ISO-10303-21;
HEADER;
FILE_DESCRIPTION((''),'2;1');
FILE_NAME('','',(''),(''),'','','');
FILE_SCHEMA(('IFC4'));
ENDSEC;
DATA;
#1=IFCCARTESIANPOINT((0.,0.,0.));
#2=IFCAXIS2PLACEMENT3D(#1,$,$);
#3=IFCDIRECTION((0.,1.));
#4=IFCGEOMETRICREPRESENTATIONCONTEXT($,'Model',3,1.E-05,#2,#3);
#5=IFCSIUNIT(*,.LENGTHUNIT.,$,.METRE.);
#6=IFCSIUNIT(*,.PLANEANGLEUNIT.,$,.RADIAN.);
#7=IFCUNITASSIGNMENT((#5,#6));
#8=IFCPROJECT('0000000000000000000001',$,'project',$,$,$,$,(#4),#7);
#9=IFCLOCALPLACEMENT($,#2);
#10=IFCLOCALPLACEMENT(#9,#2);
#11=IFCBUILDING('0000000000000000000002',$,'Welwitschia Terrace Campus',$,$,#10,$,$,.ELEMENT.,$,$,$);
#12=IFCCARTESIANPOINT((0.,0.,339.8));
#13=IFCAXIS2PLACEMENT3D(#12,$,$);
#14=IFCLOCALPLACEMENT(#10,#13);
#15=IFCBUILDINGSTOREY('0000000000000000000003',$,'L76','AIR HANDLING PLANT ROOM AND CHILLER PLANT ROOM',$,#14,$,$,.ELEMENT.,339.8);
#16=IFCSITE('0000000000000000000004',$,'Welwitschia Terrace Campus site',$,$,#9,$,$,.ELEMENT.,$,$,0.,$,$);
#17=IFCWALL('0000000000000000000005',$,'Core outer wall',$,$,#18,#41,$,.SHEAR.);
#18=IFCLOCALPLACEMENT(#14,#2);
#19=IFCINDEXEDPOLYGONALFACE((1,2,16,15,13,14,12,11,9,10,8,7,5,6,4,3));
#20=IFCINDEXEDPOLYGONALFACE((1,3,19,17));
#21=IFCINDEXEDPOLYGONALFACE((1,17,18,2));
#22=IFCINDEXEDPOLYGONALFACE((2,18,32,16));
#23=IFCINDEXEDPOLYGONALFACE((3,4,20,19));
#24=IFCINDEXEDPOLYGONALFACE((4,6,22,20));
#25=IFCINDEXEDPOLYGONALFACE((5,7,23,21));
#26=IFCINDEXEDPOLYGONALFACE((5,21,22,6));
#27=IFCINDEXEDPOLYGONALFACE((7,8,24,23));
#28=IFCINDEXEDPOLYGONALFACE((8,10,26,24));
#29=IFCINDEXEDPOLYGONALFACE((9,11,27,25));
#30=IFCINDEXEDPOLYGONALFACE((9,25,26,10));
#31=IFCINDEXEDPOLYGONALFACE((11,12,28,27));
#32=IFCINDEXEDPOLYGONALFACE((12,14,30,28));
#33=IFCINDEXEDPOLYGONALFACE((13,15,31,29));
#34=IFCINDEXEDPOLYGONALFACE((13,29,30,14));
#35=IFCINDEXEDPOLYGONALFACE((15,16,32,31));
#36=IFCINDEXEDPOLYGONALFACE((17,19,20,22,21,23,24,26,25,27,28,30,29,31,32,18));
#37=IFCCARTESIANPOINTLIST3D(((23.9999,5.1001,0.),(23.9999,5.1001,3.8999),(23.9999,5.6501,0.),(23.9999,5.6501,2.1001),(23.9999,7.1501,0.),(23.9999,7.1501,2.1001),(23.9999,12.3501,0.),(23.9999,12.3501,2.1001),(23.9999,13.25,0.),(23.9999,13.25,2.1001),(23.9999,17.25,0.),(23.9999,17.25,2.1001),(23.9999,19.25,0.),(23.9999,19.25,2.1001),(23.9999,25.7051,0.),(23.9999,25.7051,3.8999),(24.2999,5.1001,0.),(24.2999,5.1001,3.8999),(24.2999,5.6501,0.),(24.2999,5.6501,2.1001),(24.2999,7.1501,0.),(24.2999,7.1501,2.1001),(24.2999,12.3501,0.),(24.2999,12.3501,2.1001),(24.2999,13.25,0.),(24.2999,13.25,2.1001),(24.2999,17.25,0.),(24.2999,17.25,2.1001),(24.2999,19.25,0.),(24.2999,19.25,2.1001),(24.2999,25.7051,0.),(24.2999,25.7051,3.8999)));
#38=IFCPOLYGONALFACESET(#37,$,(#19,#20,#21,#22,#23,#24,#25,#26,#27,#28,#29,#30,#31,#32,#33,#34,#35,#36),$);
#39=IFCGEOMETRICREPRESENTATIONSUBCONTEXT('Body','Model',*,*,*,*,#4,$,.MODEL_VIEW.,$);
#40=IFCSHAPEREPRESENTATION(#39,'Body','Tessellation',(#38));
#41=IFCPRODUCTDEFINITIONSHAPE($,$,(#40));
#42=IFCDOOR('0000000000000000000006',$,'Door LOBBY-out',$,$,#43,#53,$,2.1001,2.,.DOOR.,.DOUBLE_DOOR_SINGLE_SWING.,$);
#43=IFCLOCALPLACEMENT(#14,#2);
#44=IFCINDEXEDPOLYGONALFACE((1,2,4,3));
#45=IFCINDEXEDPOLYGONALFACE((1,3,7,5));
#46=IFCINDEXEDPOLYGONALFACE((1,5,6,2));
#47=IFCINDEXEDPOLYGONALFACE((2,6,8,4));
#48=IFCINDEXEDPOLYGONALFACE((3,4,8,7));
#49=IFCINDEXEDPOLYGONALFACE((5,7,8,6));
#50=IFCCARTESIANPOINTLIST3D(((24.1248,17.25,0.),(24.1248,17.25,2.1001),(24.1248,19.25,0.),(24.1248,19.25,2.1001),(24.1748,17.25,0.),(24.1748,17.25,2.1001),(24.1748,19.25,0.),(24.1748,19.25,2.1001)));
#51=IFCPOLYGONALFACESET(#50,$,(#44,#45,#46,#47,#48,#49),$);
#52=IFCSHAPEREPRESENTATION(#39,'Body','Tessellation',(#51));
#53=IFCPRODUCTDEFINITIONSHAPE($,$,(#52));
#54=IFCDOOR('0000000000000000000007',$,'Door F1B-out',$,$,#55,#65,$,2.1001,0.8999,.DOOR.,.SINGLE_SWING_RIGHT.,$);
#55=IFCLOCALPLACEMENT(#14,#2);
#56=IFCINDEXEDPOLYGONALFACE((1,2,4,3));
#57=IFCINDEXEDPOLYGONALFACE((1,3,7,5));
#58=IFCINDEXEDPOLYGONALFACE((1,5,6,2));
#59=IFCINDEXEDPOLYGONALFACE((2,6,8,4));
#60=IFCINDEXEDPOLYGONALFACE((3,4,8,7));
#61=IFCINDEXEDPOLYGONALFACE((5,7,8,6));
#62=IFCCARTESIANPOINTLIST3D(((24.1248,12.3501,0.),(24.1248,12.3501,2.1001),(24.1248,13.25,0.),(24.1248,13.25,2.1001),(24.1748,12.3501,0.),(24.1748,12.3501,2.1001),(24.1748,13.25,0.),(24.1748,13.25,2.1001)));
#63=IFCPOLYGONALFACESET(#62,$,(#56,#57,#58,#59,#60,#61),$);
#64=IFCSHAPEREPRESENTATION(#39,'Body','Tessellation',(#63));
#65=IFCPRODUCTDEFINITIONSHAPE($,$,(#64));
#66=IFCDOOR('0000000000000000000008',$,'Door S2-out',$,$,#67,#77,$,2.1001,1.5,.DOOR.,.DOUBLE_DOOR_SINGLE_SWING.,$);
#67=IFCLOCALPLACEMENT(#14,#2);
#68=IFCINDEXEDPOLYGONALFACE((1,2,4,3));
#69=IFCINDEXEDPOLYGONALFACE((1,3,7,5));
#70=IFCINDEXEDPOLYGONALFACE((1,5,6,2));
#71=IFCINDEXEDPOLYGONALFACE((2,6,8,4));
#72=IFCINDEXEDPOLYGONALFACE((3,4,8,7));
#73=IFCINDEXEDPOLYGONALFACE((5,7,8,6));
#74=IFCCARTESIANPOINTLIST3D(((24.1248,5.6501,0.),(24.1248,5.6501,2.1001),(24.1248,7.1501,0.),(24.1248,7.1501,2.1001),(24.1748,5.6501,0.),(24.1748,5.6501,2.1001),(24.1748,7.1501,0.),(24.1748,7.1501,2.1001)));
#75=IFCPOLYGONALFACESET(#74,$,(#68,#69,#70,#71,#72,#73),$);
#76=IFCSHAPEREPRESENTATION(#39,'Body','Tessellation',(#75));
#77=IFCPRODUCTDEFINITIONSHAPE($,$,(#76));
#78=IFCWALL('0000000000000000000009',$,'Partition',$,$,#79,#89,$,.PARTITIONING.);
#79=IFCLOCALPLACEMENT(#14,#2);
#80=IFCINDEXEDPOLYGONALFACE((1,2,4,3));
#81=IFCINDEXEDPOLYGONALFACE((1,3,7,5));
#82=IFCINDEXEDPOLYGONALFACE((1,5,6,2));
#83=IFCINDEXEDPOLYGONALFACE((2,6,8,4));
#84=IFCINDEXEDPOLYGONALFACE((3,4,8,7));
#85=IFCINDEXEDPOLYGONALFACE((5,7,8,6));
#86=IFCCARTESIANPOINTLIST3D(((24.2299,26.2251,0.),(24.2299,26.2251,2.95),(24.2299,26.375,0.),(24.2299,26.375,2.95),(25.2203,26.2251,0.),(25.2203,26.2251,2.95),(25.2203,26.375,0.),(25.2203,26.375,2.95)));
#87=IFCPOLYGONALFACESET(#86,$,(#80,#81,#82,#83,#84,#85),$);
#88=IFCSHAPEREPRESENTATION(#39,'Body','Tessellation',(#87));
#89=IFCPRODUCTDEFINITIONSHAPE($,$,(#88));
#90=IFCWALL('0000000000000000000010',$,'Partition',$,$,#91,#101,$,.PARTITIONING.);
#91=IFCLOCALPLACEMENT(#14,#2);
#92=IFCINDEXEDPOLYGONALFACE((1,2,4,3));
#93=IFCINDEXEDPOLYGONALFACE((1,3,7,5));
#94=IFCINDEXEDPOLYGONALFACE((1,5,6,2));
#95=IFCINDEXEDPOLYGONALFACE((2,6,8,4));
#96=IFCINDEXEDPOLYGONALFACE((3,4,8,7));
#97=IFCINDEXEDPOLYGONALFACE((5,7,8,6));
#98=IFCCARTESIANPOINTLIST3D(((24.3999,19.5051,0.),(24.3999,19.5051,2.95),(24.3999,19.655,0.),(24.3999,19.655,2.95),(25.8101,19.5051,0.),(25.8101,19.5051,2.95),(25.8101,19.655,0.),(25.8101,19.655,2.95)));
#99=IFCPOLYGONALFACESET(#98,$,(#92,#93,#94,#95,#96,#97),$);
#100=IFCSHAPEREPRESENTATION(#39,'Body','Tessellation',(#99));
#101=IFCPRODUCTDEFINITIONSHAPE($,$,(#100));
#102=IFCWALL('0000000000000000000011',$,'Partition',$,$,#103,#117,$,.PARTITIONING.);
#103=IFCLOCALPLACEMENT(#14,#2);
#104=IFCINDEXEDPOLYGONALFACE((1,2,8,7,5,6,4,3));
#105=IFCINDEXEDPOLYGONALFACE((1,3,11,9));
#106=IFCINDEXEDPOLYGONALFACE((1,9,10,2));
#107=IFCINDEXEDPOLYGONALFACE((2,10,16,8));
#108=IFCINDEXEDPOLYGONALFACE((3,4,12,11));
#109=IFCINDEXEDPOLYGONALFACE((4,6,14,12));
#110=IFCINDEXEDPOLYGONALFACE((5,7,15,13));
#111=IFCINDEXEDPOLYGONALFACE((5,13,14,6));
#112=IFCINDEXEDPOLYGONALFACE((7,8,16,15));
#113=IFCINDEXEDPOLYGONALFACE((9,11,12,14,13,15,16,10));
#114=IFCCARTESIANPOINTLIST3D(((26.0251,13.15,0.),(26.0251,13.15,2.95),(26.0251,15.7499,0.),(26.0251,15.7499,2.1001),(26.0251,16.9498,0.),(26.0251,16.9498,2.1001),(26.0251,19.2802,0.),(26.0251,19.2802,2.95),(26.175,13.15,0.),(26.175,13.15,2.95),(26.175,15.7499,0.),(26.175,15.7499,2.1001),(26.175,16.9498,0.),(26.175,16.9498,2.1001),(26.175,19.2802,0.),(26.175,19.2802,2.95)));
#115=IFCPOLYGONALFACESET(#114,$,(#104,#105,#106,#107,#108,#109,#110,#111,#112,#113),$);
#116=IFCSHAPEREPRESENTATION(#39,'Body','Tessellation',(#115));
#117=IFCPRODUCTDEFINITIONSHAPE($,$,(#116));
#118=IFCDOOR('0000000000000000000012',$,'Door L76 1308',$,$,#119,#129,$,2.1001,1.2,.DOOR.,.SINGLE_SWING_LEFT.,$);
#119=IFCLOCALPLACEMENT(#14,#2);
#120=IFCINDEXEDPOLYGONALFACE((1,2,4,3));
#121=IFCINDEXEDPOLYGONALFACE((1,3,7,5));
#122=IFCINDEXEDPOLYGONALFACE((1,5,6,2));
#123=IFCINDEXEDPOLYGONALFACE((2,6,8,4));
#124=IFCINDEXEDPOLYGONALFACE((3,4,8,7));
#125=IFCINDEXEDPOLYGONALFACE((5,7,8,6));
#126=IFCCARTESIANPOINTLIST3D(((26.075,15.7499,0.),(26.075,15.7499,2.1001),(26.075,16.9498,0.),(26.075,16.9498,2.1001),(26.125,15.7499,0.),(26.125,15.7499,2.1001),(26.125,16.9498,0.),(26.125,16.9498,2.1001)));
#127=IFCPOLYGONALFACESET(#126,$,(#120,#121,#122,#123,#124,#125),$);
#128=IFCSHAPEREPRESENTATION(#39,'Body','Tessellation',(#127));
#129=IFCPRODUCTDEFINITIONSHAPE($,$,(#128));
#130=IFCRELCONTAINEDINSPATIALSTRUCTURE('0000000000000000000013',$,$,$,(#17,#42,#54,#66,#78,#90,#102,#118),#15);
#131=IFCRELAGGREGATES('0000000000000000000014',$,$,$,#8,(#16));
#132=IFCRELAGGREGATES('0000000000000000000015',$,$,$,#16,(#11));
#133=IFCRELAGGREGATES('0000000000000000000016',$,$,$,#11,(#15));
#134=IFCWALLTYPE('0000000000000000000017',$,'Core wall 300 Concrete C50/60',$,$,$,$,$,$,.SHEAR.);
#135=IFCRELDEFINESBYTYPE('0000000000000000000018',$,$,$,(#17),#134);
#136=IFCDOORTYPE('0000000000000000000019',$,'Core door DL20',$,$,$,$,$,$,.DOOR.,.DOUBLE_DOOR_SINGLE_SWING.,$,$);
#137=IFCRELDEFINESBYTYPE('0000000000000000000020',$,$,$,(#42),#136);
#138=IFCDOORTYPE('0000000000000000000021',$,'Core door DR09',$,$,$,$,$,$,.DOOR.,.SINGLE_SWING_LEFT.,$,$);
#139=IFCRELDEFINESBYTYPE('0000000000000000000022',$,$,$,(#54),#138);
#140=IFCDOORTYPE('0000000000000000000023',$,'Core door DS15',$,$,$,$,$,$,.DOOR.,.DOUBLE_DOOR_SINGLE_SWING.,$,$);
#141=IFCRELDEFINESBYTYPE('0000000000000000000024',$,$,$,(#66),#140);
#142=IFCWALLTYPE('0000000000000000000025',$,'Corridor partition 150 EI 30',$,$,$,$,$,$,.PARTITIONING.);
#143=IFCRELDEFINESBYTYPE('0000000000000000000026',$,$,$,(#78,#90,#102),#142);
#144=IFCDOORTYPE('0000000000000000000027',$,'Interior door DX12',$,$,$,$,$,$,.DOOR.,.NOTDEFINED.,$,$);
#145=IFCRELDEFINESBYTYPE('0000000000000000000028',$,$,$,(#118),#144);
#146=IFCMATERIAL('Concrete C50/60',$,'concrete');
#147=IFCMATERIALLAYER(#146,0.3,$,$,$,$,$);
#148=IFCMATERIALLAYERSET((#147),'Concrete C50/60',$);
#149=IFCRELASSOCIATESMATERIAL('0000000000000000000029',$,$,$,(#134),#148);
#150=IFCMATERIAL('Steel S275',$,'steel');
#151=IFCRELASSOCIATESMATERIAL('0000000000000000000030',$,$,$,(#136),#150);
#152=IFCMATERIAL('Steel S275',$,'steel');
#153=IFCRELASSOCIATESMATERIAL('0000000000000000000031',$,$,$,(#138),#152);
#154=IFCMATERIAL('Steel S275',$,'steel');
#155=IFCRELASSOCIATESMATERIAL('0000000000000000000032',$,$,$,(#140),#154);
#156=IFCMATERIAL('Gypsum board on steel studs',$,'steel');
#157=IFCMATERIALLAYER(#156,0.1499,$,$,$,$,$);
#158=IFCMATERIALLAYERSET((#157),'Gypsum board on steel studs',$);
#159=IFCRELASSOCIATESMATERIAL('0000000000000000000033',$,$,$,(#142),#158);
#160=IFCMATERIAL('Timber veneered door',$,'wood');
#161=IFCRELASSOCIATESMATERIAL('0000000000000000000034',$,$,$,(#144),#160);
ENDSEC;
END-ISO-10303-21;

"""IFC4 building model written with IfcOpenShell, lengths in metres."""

from ifc_helpers import new_model, si_unit, direction, frame, frame_2d, origin, place, context, subcontext, project, spatial, rectangle, extrude, material, layer, layer_set, type_object, element, fill, save


model = new_model("IFC4")

# Units and contexts
model_context = context("Model", 3, precision=1e-05, world=origin(), true_north=direction((0.0, 1.0)))
body_context = subcontext(model_context, "Body", "Model", "MODEL_VIEW")
ifc_project = project(units=[si_unit("LENGTHUNIT", "METRE"), si_unit("PLANEANGLEUNIT", "RADIAN")], contexts=[model_context])

# Site, building, storey
site_placement = place(None, origin())
site = spatial("IfcSite", under=ifc_project, at=site_placement, Name="Welwitschia Terrace Campus site", CompositionType="ELEMENT", RefElevation=0.0)
building_placement = place(site_placement, origin())
building = spatial("IfcBuilding", under=site, at=building_placement, Name="Welwitschia Terrace Campus", CompositionType="ELEMENT")
storey_placement = place(building_placement, frame((0.0, 0.0, 339.8)))
storey = spatial("IfcBuildingStorey", under=building, at=storey_placement, Name="L76", Description="AIR HANDLING PLANT ROOM AND CHILLER PLANT ROOM", CompositionType="ELEMENT", Elevation=339.8)

# Wall, openings, doors
ifc_material_1 = material(Name="Concrete C50/60", Category="concrete")
ifc_layer_1 = layer(ifc_material_1, 0.3)
ifc_layer_set_1 = layer_set([ifc_layer_1], Name="Concrete C50/60")
wall_type_1 = type_object("IfcWallType", Name="Core wall 300 Concrete C50/60", PredefinedType="SHEAR", material=ifc_layer_set_1)
wall_1_placement = place(storey_placement, frame((24.1499, 25.7051, 0.0), z_axis=(0.0, 0.0, 1.0), x_axis=(0.0, -1.0, 0.0)))
wall_1 = element("IfcWall", 1, at=wall_1_placement, inside=storey, type_object=wall_type_1, Name="Core outer wall", PredefinedType="SHEAR", context=body_context, shape_type="SweptSolid", body=[
    extrude(rectangle(XDim=20.605, YDim=0.3, at=frame_2d((10.3025, 0.0))), origin(), (0.0, 0.0, 1.0), 3.8999),
])
opening_1_placement = place(wall_1_placement, frame((18.5549, 0.0, 0.0)))
opening_1 = element("IfcOpeningElement", 2, at=opening_1_placement, cuts=wall_1, PredefinedType="OPENING", context=body_context, shape_type="SweptSolid", body=[
    extrude(rectangle(XDim=1.5, YDim=2.1001, at=frame_2d((0.75, 1.05))), frame((0.0, 0.1599, 0.0), z_axis=(0.0, -1.0, 0.0), x_axis=(1.0, 0.0, 0.0)), (0.0, 0.0, 1.0), 0.3201),
])
opening_2_placement = place(wall_1_placement, frame((12.4551, 0.0, 0.0)))
opening_2 = element("IfcOpeningElement", 3, at=opening_2_placement, cuts=wall_1, PredefinedType="OPENING", context=body_context, shape_type="SweptSolid", body=[
    extrude(rectangle(XDim=0.8999, YDim=2.1001, at=frame_2d((0.45, 1.05))), frame((0.0, 0.1599, 0.0), z_axis=(0.0, -1.0, 0.0), x_axis=(1.0, 0.0, 0.0)), (0.0, 0.0, 1.0), 0.3201),
])
opening_3_placement = place(wall_1_placement, frame((6.4551, 0.0, 0.0)))
opening_3 = element("IfcOpeningElement", 4, at=opening_3_placement, cuts=wall_1, PredefinedType="OPENING", context=body_context, shape_type="SweptSolid", body=[
    extrude(rectangle(XDim=2.0, YDim=2.1001, at=frame_2d((1.0, 1.05))), frame((0.0, 0.1599, 0.0), z_axis=(0.0, -1.0, 0.0), x_axis=(1.0, 0.0, 0.0)), (0.0, 0.0, 1.0), 0.3201),
])
ifc_material_2 = material(Name="Steel S275", Category="steel")
door_type_1 = type_object("IfcDoorType", Name="Core door DL20", OperationType="DOUBLE_DOOR_SINGLE_SWING", PredefinedType="DOOR", material=ifc_material_2)
door_1_placement = place(opening_3_placement, origin())
door_1 = element("IfcDoor", 5, at=door_1_placement, inside=storey, type_object=door_type_1, Name="Door LOBBY-out", OperationType="DOUBLE_DOOR_SINGLE_SWING", OverallHeight=2.1001, OverallWidth=2.0, PredefinedType="DOOR", context=body_context, shape_type="SweptSolid", body=[
    extrude(rectangle(XDim=2.0, YDim=2.1001, at=frame_2d((1.0, 1.05))), frame((0.0, 0.0249, 0.0), z_axis=(0.0, -1.0, 0.0), x_axis=(1.0, 0.0, 0.0)), (0.0, 0.0, 1.0), 0.05),
])
fill(opening_3, door_1)
ifc_material_3 = material(Name="Steel S275", Category="steel")
door_type_2 = type_object("IfcDoorType", Name="Core door DR09", OperationType="SINGLE_SWING_LEFT", PredefinedType="DOOR", material=ifc_material_3)
door_2_placement = place(opening_2_placement, origin())
door_2 = element("IfcDoor", 6, at=door_2_placement, inside=storey, type_object=door_type_2, Name="Door F1B-out", OperationType="SINGLE_SWING_RIGHT", OverallHeight=2.1001, OverallWidth=0.8999, PredefinedType="DOOR", context=body_context, shape_type="SweptSolid", body=[
    extrude(rectangle(XDim=0.8999, YDim=2.1001, at=frame_2d((0.45, 1.05))), frame((0.0, 0.0249, 0.0), z_axis=(0.0, -1.0, 0.0), x_axis=(1.0, 0.0, 0.0)), (0.0, 0.0, 1.0), 0.05),
])
fill(opening_2, door_2)
ifc_material_4 = material(Name="Steel S275", Category="steel")
door_type_3 = type_object("IfcDoorType", Name="Core door DS15", OperationType="DOUBLE_DOOR_SINGLE_SWING", PredefinedType="DOOR", material=ifc_material_4)
door_3_placement = place(opening_1_placement, origin())
door_3 = element("IfcDoor", 7, at=door_3_placement, inside=storey, type_object=door_type_3, Name="Door S2-out", OperationType="DOUBLE_DOOR_SINGLE_SWING", OverallHeight=2.1001, OverallWidth=1.5, PredefinedType="DOOR", context=body_context, shape_type="SweptSolid", body=[
    extrude(rectangle(XDim=1.5, YDim=2.1001, at=frame_2d((0.75, 1.05))), frame((0.0, 0.0249, 0.0), z_axis=(0.0, -1.0, 0.0), x_axis=(1.0, 0.0, 0.0)), (0.0, 0.0, 1.0), 0.05),
])
fill(opening_1, door_3)

# Walls
ifc_material_5 = material(Name="Gypsum board on steel studs", Category="steel")
ifc_layer_2 = layer(ifc_material_5, 0.1499)
ifc_layer_set_2 = layer_set([ifc_layer_2], Name="Gypsum board on steel studs")
wall_type_2 = type_object("IfcWallType", Name="Corridor partition 150 EI 30", PredefinedType="PARTITIONING", material=ifc_layer_set_2)
wall_2_placement = place(storey_placement, frame((24.23, 26.3, 0.0), z_axis=(0.0, 0.0, 1.0), x_axis=(1.0, 0.0, 0.0)))
element("IfcWall", 8, at=wall_2_placement, inside=storey, type_object=wall_type_2, Name="Partition", PredefinedType="PARTITIONING", context=body_context, shape_type="SweptSolid", body=[
    extrude(rectangle(XDim=0.9905, YDim=0.1499, at=frame_2d((0.4951, 0.0))), origin(), (0.0, 0.0, 1.0), 2.95),
])
wall_3_placement = place(storey_placement, frame((24.3999, 19.5801, 0.0), z_axis=(0.0, 0.0, 1.0), x_axis=(1.0, 0.0, 0.0)))
element("IfcWall", 9, at=wall_3_placement, inside=storey, type_object=wall_type_2, Name="Partition", PredefinedType="PARTITIONING", context=body_context, shape_type="SweptSolid", body=[
    extrude(rectangle(XDim=1.4102, YDim=0.1499, at=frame_2d((0.7051, 0.0))), origin(), (0.0, 0.0, 1.0), 2.95),
])

# Wall, opening, door
wall_4_placement = place(storey_placement, frame((26.1001, 19.28, 0.0), z_axis=(0.0, 0.0, 1.0), x_axis=(0.0, -1.0, 0.0)))
wall_4 = element("IfcWall", 10, at=wall_4_placement, inside=storey, type_object=wall_type_2, Name="Partition", PredefinedType="PARTITIONING", context=body_context, shape_type="SweptSolid", body=[
    extrude(rectangle(XDim=6.1301, YDim=0.1499, at=frame_2d((3.0649, 0.0))), origin(), (0.0, 0.0, 1.0), 2.95),
])
opening_4_placement = place(wall_4_placement, frame((2.3301, 0.0, 0.0)))
opening_4 = element("IfcOpeningElement", 11, at=opening_4_placement, cuts=wall_4, PredefinedType="OPENING", context=body_context, shape_type="SweptSolid", body=[
    extrude(rectangle(XDim=1.2, YDim=2.1001, at=frame_2d((0.6001, 1.05))), frame((0.0, 0.085, 0.0), z_axis=(0.0, -1.0, 0.0), x_axis=(1.0, 0.0, 0.0)), (0.0, 0.0, 1.0), 0.1699),
])
ifc_material_6 = material(Name="Timber veneered door", Category="wood")
door_type_4 = type_object("IfcDoorType", Name="Interior door DX12", OperationType="NOTDEFINED", PredefinedType="DOOR", material=ifc_material_6)
door_4_placement = place(opening_4_placement, origin())
door_4 = element("IfcDoor", 12, at=door_4_placement, inside=storey, type_object=door_type_4, Name="Door L76 1308", OperationType="SINGLE_SWING_LEFT", OverallHeight=2.1001, OverallWidth=1.2, PredefinedType="DOOR", context=body_context, shape_type="SweptSolid", body=[
    extrude(rectangle(XDim=1.2, YDim=2.1001, at=frame_2d((0.6001, 1.05))), frame((0.0, 0.0249, 0.0), z_axis=(0.0, -1.0, 0.0), x_axis=(1.0, 0.0, 0.0)), (0.0, 0.0, 1.0), 0.05),
])
fill(opening_4, door_4)

save(model, "model.ifc")
